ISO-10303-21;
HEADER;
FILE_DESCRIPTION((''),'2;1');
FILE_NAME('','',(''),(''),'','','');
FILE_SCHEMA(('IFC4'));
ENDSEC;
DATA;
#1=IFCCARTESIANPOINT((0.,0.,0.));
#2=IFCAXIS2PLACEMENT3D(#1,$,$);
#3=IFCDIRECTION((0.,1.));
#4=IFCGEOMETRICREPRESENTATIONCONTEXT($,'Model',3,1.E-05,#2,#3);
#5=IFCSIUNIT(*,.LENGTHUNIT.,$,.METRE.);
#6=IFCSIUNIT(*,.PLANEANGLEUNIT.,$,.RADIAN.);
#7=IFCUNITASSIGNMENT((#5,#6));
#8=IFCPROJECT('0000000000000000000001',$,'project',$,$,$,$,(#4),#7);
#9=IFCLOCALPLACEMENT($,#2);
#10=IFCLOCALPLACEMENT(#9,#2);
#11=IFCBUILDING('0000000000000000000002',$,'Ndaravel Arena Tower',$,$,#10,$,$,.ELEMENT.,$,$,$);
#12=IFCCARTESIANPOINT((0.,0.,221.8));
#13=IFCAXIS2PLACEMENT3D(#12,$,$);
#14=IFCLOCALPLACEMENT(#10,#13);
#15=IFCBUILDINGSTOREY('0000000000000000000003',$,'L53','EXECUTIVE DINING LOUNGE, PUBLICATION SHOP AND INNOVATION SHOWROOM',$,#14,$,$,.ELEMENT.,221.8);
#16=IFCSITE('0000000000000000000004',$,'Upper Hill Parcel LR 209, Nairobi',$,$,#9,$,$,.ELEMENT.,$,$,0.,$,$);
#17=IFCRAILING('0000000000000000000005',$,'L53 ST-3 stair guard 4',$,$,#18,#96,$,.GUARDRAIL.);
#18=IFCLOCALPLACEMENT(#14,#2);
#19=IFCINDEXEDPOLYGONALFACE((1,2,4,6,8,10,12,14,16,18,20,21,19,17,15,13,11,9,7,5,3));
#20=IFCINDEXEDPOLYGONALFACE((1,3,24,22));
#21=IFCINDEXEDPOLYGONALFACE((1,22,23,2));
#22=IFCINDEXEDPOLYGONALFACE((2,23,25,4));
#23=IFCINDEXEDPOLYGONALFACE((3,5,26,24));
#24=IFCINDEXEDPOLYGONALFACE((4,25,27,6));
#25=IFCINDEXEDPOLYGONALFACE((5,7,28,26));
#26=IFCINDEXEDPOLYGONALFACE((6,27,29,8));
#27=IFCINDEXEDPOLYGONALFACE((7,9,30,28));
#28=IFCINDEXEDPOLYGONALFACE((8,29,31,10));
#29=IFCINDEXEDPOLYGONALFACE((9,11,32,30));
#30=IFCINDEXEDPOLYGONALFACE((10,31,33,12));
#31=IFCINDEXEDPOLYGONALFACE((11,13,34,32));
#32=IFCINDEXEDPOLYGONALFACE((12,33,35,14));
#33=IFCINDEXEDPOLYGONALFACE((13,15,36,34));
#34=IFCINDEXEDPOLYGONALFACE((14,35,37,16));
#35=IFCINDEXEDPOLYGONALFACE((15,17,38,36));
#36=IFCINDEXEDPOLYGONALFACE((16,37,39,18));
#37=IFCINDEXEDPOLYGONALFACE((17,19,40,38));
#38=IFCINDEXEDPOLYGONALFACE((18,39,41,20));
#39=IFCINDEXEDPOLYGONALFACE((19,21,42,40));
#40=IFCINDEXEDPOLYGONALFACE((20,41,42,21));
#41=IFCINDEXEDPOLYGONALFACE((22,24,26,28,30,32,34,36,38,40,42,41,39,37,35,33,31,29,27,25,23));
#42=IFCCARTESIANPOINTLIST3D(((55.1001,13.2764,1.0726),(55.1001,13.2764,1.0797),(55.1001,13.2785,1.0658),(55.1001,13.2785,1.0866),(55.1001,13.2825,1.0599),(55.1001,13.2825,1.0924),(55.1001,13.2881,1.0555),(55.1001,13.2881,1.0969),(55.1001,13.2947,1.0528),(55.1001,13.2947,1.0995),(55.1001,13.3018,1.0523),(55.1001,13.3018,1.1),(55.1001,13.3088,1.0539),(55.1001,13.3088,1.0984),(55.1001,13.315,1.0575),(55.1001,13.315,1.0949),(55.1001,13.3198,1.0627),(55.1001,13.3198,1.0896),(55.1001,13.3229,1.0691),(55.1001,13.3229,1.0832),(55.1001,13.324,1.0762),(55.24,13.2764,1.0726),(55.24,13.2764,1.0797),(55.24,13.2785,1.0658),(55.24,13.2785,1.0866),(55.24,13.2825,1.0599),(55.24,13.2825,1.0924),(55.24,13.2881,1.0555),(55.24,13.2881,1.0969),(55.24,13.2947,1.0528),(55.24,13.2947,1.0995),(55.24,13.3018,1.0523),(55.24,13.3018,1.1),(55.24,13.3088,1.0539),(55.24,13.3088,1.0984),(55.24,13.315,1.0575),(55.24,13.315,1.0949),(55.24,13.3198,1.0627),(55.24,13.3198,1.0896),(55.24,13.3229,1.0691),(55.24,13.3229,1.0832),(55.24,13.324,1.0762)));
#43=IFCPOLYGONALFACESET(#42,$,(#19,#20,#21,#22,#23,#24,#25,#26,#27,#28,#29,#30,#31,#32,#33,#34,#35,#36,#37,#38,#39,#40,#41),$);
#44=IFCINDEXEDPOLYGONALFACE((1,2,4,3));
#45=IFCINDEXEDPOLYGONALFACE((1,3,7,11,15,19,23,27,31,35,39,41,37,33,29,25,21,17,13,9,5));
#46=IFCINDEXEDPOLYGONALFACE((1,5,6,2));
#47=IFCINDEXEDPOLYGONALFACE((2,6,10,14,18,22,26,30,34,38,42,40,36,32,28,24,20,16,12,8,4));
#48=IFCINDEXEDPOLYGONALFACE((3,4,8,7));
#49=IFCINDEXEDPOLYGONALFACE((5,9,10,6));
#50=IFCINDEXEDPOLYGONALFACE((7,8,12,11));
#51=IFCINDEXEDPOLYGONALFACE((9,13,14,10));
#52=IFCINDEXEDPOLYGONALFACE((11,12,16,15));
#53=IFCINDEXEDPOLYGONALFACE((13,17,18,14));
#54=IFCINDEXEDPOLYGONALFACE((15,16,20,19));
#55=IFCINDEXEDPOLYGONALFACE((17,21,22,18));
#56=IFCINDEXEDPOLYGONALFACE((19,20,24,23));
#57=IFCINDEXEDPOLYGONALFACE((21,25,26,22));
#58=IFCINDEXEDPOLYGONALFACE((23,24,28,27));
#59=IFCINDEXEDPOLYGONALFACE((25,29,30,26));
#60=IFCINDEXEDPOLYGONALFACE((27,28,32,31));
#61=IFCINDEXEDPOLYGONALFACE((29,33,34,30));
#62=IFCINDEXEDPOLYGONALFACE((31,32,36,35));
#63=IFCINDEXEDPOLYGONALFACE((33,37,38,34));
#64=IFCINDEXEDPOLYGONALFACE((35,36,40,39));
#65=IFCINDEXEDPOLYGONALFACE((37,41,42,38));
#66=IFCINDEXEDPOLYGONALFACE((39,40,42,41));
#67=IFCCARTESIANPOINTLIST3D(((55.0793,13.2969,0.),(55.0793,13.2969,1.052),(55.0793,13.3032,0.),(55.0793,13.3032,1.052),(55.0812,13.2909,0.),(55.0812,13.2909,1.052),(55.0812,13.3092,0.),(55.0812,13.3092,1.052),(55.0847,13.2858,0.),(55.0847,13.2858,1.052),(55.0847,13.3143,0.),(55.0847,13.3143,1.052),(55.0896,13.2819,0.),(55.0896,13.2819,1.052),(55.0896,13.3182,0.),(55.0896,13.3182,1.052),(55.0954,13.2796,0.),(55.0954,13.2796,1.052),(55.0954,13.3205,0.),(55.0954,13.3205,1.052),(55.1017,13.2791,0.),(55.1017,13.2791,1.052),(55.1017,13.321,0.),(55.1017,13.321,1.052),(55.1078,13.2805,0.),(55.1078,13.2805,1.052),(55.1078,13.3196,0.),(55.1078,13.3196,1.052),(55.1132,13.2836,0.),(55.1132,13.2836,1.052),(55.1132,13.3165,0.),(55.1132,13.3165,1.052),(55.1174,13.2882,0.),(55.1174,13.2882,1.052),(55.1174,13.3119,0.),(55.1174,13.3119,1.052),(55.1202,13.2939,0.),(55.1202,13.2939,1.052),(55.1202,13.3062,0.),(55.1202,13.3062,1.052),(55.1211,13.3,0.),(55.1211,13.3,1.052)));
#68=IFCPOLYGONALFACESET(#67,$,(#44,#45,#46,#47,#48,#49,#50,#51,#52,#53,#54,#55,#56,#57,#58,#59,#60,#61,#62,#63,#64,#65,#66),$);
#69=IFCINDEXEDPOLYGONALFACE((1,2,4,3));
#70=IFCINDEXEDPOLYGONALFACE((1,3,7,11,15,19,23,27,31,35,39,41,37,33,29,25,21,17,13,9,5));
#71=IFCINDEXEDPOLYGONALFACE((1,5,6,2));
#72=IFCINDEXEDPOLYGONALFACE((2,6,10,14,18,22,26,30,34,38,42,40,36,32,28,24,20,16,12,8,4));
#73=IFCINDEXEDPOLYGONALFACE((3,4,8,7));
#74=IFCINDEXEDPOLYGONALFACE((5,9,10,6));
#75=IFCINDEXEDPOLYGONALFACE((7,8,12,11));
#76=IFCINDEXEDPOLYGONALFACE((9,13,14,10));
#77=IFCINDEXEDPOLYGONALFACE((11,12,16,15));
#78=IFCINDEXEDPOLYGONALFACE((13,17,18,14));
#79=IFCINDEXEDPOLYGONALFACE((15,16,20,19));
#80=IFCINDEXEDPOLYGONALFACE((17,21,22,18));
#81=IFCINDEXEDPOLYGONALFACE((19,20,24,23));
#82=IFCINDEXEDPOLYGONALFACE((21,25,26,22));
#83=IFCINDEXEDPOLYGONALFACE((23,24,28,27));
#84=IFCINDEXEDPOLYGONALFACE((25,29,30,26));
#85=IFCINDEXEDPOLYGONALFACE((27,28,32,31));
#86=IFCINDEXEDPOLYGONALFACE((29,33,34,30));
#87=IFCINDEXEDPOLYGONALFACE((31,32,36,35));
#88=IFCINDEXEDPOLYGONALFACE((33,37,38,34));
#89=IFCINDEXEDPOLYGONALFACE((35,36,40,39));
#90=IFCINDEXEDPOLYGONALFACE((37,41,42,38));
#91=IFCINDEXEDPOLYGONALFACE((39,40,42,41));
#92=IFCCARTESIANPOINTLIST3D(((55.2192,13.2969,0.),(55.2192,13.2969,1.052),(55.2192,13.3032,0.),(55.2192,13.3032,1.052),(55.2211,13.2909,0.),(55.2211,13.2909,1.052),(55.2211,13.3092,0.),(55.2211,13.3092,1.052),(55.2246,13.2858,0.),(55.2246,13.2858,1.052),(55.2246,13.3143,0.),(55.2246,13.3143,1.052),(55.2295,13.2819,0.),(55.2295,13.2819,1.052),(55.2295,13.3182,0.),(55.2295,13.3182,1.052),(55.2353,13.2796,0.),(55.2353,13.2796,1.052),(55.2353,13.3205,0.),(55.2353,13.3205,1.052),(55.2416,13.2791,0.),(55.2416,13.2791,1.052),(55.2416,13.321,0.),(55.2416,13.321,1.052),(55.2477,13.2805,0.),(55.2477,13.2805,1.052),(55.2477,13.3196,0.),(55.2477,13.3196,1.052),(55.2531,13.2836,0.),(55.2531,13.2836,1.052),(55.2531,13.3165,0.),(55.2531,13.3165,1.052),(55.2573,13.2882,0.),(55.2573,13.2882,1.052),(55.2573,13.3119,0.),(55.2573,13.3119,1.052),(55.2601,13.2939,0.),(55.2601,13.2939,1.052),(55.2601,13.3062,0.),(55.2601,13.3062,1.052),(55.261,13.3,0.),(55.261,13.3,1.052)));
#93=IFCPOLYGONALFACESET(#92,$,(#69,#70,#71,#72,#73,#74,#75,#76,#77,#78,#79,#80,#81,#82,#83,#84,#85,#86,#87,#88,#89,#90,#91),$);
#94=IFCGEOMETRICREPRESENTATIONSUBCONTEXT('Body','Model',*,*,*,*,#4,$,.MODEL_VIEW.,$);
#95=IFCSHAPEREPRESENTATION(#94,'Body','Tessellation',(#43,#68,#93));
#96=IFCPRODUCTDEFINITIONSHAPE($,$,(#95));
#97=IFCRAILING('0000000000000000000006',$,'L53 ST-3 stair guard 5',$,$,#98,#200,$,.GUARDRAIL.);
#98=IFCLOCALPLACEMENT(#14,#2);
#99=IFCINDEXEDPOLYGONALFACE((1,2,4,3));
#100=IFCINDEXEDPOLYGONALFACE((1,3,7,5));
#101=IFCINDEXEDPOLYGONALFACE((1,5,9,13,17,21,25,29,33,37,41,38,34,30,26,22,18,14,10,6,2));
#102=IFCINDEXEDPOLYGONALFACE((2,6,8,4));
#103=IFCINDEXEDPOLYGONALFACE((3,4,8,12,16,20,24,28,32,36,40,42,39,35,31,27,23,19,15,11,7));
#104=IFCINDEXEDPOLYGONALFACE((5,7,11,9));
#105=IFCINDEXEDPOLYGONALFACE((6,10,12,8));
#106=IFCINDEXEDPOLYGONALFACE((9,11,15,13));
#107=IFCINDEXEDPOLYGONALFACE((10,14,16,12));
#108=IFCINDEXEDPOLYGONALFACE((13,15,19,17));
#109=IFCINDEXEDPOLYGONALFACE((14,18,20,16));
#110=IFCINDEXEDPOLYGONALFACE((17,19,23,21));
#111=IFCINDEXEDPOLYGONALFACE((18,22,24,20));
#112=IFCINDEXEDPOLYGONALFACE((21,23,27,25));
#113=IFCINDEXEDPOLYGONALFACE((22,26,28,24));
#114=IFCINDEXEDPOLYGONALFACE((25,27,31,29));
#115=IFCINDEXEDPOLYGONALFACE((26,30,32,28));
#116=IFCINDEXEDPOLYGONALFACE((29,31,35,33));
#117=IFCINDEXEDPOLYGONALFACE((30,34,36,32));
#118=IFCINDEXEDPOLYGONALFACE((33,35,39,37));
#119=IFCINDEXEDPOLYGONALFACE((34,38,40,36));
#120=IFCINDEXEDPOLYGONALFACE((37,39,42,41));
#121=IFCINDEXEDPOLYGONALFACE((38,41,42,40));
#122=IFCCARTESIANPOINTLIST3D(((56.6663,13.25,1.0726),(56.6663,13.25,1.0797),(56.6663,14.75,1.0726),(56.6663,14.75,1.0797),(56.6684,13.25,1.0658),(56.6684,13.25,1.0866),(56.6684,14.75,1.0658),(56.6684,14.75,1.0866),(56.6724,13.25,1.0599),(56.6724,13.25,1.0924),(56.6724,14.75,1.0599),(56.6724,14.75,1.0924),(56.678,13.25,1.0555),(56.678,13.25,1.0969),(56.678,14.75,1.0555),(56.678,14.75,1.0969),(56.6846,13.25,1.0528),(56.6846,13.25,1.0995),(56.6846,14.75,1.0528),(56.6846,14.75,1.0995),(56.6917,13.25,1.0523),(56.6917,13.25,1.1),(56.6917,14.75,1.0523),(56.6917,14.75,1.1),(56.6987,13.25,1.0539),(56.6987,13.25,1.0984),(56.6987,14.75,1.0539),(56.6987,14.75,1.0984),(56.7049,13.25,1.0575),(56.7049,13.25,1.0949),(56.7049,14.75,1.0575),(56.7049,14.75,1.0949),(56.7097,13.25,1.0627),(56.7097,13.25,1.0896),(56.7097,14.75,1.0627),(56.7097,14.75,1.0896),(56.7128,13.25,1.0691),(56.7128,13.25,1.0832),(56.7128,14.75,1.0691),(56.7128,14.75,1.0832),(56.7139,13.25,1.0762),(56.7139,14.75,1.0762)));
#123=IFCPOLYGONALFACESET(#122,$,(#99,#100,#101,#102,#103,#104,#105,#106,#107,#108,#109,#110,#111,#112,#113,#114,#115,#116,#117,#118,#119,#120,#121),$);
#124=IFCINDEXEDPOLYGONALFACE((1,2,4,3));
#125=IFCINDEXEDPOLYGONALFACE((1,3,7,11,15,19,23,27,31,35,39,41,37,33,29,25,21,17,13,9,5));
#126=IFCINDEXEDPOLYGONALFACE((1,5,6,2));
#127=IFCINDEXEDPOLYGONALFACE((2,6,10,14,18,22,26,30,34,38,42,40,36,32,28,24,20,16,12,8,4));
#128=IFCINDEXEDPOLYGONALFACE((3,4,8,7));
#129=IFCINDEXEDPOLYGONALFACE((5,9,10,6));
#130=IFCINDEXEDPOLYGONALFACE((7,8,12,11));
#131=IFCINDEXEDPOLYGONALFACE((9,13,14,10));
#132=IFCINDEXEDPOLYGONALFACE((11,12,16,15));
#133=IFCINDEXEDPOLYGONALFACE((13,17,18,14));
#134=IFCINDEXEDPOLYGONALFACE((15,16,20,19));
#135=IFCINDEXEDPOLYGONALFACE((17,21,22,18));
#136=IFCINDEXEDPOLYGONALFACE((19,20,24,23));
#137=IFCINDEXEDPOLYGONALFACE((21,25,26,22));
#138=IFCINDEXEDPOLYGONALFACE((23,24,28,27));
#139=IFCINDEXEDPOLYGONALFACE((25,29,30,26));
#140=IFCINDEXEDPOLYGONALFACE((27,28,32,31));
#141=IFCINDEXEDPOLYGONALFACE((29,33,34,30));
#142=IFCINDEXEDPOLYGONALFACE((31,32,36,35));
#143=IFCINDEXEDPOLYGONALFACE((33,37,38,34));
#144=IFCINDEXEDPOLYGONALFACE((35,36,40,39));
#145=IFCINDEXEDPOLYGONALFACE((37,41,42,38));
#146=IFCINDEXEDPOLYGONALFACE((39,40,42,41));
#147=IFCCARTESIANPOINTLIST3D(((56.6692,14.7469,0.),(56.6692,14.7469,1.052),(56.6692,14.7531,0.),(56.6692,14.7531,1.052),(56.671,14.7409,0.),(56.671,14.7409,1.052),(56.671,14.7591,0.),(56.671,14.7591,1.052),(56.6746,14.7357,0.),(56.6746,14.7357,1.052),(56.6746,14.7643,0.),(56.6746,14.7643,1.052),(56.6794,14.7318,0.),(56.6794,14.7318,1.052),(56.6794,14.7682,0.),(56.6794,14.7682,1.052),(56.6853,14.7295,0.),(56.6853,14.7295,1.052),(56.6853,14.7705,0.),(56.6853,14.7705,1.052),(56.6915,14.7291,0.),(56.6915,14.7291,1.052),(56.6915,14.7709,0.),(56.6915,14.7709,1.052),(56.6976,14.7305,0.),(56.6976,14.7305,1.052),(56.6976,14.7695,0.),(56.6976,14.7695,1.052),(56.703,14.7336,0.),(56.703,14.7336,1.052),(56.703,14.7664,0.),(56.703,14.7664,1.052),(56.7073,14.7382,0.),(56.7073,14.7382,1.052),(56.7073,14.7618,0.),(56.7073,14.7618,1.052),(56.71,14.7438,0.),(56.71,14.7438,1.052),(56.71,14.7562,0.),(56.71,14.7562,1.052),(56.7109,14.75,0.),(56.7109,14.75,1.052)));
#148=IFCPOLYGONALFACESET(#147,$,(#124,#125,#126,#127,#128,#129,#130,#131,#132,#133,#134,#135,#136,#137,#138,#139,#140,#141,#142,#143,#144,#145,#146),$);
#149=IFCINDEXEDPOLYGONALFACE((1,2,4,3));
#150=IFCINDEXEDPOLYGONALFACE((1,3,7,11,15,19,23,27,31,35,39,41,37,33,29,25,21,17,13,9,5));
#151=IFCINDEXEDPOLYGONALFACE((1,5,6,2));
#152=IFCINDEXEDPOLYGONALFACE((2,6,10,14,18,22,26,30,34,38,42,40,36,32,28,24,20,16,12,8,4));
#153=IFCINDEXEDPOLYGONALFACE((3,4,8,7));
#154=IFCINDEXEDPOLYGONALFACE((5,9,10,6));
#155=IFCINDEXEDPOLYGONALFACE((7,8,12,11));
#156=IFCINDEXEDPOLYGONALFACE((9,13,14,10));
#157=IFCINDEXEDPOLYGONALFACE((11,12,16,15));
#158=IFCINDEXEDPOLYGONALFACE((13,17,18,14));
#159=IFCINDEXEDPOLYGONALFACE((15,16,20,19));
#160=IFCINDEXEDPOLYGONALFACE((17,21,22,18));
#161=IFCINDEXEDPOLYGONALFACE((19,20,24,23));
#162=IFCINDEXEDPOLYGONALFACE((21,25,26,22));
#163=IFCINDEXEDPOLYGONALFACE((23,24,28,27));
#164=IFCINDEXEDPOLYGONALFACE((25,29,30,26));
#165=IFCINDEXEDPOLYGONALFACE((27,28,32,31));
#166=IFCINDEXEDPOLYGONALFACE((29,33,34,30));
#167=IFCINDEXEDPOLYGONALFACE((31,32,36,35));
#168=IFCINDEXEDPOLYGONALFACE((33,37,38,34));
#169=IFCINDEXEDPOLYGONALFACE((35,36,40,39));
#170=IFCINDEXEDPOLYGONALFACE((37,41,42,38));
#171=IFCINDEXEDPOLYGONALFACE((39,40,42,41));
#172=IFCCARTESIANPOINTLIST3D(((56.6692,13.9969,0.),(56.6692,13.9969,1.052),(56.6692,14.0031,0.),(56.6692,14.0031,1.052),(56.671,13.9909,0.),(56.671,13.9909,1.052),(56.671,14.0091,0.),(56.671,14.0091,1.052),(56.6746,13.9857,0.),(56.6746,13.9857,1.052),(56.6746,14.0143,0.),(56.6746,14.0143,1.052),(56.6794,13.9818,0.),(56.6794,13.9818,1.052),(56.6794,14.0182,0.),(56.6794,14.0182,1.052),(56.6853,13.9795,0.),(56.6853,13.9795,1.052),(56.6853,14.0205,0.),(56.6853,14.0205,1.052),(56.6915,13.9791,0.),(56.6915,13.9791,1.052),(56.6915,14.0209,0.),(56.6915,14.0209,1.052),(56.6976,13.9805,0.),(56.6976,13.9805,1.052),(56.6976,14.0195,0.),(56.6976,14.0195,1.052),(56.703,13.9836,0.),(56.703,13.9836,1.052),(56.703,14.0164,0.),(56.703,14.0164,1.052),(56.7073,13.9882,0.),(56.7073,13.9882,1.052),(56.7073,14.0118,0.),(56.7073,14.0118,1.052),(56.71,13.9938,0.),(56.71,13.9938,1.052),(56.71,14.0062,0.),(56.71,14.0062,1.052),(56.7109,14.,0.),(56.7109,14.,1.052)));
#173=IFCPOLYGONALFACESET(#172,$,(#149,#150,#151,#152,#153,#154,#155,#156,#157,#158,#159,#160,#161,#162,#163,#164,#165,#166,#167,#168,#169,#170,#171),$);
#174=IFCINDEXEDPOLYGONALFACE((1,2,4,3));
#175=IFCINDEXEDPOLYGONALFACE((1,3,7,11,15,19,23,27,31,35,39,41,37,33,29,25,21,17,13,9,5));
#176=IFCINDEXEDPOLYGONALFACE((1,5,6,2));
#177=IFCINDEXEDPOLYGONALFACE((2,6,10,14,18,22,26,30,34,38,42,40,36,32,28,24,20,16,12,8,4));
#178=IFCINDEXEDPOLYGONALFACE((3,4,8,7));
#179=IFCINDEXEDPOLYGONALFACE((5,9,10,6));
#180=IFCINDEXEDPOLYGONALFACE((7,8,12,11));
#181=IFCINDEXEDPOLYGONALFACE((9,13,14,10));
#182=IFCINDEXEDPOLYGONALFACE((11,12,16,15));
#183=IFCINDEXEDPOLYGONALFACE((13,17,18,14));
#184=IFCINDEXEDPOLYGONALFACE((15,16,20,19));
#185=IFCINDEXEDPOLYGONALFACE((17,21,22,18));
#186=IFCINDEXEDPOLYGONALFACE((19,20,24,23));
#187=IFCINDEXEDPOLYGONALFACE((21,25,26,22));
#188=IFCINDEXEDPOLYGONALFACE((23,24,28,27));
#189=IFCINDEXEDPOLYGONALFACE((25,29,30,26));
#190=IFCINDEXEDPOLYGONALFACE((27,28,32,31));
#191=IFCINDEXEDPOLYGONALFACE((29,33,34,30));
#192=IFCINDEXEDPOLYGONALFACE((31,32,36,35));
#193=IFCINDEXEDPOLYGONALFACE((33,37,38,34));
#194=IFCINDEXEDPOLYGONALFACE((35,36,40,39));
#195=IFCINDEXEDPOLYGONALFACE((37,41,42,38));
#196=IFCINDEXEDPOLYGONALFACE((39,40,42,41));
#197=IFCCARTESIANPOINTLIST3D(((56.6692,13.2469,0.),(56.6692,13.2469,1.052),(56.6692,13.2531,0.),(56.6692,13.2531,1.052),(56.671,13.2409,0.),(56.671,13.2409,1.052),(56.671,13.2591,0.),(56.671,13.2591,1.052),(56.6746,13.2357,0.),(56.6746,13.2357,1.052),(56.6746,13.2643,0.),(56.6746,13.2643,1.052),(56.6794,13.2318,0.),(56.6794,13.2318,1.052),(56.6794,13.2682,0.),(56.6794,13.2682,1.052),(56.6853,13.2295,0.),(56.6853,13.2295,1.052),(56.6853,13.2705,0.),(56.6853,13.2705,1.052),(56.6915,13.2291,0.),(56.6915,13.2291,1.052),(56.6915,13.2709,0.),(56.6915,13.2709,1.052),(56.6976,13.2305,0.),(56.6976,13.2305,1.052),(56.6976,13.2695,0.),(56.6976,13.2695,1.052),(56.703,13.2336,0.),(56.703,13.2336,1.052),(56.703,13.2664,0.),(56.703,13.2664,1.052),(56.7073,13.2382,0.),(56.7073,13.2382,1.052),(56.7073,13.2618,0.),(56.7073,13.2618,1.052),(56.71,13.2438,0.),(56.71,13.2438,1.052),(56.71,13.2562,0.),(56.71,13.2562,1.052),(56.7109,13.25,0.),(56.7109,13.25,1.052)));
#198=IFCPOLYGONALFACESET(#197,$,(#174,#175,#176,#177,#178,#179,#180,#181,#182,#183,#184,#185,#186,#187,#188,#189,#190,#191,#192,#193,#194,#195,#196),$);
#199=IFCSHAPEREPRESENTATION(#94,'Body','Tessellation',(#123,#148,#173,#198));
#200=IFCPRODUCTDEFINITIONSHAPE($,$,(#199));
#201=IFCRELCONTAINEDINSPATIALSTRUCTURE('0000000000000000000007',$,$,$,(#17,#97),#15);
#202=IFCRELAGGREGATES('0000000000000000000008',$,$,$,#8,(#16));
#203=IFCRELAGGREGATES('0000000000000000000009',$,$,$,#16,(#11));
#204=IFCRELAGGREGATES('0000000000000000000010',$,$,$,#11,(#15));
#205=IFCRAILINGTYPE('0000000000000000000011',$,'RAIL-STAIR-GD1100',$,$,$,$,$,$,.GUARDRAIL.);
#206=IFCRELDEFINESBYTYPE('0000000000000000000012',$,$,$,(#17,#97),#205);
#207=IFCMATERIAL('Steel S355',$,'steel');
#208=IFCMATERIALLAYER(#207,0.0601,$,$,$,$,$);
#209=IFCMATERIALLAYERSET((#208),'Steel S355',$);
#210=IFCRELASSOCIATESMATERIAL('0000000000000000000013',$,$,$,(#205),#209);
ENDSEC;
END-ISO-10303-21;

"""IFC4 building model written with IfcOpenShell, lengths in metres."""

from ifc_helpers import new_model, si_unit, direction, frame, origin, origin_2d, place, context, subcontext, project, spatial, circle, extrude, material, layer, layer_set, type_object, element, save


model = new_model("IFC4")

# Units and contexts
model_context = context("Model", 3, precision=1e-05, world=origin(), true_north=direction((0.0, 1.0)))
body_context = subcontext(model_context, "Body", "Model", "MODEL_VIEW")
ifc_project = project(units=[si_unit("LENGTHUNIT", "METRE"), si_unit("PLANEANGLEUNIT", "RADIAN")], contexts=[model_context])

# Site, building, storey
site_placement = place(None, origin())
site = spatial("IfcSite", under=ifc_project, at=site_placement, Name="Upper Hill Parcel LR 209, Nairobi", CompositionType="ELEMENT", RefElevation=0.0)
building_placement = place(site_placement, origin())
building = spatial("IfcBuilding", under=site, at=building_placement, Name="Ndaravel Arena Tower", CompositionType="ELEMENT")
storey_placement = place(building_placement, frame((0.0, 0.0, 221.8)))
storey = spatial("IfcBuildingStorey", under=building, at=storey_placement, Name="L53", Description="EXECUTIVE DINING LOUNGE, PUBLICATION SHOP AND INNOVATION SHOWROOM", CompositionType="ELEMENT", Elevation=221.8)

# Railings
ifc_material_1 = material(Name="Steel S355", Category="steel")
ifc_layer_1 = layer(ifc_material_1, 0.0601)
ifc_layer_set_1 = layer_set([ifc_layer_1], Name="Steel S355")
railing_type_1 = type_object("IfcRailingType", Name="RAIL-STAIR-GD1100", PredefinedType="GUARDRAIL", material=ifc_layer_set_1)
railing_1_placement = place(storey_placement, frame((55.1001, 13.3, 0.0)))
element("IfcRailing", 1, at=railing_1_placement, inside=storey, type_object=railing_type_1, Name="L53 ST-3 stair guard 4", PredefinedType="GUARDRAIL", context=body_context, shape_type="SweptSolid", body=[
    extrude(circle(Radius=0.0239, at=origin_2d()), frame((0.0, 0.0, 1.0762), z_axis=(1.0, 0.0, 0.0), x_axis=(0.0, 1.0, 0.0)), (0.0, 0.0, 1.0), 0.1399),
    extrude(circle(Radius=0.021, at=origin_2d()), origin(), (0.0, 0.0, 1.0), 1.052),
    extrude(circle(Radius=0.021, at=origin_2d()), frame((0.1399, 0.0, 0.0)), (0.0, 0.0, 1.0), 1.052),
])
railing_2_placement = place(storey_placement, frame((56.6899, 14.75, 0.0)))
element("IfcRailing", 2, at=railing_2_placement, inside=storey, type_object=railing_type_1, Name="L53 ST-3 stair guard 5", PredefinedType="GUARDRAIL", context=body_context, shape_type="SweptSolid", body=[
    extrude(circle(Radius=0.0239, at=origin_2d()), frame((0.0, 0.0, 1.0762), z_axis=(0.0, -1.0, 0.0), x_axis=(1.0, 0.0, 0.0)), (0.0, 0.0, 1.0), 1.5),
    extrude(circle(Radius=0.021, at=origin_2d()), origin(), (0.0, 0.0, 1.0), 1.052),
    extrude(circle(Radius=0.021, at=origin_2d()), frame((0.0, -0.75, 0.0)), (0.0, 0.0, 1.0), 1.052),
    extrude(circle(Radius=0.021, at=origin_2d()), frame((0.0, -1.5, 0.0)), (0.0, 0.0, 1.0), 1.052),
])

save(model, "model.ifc")
